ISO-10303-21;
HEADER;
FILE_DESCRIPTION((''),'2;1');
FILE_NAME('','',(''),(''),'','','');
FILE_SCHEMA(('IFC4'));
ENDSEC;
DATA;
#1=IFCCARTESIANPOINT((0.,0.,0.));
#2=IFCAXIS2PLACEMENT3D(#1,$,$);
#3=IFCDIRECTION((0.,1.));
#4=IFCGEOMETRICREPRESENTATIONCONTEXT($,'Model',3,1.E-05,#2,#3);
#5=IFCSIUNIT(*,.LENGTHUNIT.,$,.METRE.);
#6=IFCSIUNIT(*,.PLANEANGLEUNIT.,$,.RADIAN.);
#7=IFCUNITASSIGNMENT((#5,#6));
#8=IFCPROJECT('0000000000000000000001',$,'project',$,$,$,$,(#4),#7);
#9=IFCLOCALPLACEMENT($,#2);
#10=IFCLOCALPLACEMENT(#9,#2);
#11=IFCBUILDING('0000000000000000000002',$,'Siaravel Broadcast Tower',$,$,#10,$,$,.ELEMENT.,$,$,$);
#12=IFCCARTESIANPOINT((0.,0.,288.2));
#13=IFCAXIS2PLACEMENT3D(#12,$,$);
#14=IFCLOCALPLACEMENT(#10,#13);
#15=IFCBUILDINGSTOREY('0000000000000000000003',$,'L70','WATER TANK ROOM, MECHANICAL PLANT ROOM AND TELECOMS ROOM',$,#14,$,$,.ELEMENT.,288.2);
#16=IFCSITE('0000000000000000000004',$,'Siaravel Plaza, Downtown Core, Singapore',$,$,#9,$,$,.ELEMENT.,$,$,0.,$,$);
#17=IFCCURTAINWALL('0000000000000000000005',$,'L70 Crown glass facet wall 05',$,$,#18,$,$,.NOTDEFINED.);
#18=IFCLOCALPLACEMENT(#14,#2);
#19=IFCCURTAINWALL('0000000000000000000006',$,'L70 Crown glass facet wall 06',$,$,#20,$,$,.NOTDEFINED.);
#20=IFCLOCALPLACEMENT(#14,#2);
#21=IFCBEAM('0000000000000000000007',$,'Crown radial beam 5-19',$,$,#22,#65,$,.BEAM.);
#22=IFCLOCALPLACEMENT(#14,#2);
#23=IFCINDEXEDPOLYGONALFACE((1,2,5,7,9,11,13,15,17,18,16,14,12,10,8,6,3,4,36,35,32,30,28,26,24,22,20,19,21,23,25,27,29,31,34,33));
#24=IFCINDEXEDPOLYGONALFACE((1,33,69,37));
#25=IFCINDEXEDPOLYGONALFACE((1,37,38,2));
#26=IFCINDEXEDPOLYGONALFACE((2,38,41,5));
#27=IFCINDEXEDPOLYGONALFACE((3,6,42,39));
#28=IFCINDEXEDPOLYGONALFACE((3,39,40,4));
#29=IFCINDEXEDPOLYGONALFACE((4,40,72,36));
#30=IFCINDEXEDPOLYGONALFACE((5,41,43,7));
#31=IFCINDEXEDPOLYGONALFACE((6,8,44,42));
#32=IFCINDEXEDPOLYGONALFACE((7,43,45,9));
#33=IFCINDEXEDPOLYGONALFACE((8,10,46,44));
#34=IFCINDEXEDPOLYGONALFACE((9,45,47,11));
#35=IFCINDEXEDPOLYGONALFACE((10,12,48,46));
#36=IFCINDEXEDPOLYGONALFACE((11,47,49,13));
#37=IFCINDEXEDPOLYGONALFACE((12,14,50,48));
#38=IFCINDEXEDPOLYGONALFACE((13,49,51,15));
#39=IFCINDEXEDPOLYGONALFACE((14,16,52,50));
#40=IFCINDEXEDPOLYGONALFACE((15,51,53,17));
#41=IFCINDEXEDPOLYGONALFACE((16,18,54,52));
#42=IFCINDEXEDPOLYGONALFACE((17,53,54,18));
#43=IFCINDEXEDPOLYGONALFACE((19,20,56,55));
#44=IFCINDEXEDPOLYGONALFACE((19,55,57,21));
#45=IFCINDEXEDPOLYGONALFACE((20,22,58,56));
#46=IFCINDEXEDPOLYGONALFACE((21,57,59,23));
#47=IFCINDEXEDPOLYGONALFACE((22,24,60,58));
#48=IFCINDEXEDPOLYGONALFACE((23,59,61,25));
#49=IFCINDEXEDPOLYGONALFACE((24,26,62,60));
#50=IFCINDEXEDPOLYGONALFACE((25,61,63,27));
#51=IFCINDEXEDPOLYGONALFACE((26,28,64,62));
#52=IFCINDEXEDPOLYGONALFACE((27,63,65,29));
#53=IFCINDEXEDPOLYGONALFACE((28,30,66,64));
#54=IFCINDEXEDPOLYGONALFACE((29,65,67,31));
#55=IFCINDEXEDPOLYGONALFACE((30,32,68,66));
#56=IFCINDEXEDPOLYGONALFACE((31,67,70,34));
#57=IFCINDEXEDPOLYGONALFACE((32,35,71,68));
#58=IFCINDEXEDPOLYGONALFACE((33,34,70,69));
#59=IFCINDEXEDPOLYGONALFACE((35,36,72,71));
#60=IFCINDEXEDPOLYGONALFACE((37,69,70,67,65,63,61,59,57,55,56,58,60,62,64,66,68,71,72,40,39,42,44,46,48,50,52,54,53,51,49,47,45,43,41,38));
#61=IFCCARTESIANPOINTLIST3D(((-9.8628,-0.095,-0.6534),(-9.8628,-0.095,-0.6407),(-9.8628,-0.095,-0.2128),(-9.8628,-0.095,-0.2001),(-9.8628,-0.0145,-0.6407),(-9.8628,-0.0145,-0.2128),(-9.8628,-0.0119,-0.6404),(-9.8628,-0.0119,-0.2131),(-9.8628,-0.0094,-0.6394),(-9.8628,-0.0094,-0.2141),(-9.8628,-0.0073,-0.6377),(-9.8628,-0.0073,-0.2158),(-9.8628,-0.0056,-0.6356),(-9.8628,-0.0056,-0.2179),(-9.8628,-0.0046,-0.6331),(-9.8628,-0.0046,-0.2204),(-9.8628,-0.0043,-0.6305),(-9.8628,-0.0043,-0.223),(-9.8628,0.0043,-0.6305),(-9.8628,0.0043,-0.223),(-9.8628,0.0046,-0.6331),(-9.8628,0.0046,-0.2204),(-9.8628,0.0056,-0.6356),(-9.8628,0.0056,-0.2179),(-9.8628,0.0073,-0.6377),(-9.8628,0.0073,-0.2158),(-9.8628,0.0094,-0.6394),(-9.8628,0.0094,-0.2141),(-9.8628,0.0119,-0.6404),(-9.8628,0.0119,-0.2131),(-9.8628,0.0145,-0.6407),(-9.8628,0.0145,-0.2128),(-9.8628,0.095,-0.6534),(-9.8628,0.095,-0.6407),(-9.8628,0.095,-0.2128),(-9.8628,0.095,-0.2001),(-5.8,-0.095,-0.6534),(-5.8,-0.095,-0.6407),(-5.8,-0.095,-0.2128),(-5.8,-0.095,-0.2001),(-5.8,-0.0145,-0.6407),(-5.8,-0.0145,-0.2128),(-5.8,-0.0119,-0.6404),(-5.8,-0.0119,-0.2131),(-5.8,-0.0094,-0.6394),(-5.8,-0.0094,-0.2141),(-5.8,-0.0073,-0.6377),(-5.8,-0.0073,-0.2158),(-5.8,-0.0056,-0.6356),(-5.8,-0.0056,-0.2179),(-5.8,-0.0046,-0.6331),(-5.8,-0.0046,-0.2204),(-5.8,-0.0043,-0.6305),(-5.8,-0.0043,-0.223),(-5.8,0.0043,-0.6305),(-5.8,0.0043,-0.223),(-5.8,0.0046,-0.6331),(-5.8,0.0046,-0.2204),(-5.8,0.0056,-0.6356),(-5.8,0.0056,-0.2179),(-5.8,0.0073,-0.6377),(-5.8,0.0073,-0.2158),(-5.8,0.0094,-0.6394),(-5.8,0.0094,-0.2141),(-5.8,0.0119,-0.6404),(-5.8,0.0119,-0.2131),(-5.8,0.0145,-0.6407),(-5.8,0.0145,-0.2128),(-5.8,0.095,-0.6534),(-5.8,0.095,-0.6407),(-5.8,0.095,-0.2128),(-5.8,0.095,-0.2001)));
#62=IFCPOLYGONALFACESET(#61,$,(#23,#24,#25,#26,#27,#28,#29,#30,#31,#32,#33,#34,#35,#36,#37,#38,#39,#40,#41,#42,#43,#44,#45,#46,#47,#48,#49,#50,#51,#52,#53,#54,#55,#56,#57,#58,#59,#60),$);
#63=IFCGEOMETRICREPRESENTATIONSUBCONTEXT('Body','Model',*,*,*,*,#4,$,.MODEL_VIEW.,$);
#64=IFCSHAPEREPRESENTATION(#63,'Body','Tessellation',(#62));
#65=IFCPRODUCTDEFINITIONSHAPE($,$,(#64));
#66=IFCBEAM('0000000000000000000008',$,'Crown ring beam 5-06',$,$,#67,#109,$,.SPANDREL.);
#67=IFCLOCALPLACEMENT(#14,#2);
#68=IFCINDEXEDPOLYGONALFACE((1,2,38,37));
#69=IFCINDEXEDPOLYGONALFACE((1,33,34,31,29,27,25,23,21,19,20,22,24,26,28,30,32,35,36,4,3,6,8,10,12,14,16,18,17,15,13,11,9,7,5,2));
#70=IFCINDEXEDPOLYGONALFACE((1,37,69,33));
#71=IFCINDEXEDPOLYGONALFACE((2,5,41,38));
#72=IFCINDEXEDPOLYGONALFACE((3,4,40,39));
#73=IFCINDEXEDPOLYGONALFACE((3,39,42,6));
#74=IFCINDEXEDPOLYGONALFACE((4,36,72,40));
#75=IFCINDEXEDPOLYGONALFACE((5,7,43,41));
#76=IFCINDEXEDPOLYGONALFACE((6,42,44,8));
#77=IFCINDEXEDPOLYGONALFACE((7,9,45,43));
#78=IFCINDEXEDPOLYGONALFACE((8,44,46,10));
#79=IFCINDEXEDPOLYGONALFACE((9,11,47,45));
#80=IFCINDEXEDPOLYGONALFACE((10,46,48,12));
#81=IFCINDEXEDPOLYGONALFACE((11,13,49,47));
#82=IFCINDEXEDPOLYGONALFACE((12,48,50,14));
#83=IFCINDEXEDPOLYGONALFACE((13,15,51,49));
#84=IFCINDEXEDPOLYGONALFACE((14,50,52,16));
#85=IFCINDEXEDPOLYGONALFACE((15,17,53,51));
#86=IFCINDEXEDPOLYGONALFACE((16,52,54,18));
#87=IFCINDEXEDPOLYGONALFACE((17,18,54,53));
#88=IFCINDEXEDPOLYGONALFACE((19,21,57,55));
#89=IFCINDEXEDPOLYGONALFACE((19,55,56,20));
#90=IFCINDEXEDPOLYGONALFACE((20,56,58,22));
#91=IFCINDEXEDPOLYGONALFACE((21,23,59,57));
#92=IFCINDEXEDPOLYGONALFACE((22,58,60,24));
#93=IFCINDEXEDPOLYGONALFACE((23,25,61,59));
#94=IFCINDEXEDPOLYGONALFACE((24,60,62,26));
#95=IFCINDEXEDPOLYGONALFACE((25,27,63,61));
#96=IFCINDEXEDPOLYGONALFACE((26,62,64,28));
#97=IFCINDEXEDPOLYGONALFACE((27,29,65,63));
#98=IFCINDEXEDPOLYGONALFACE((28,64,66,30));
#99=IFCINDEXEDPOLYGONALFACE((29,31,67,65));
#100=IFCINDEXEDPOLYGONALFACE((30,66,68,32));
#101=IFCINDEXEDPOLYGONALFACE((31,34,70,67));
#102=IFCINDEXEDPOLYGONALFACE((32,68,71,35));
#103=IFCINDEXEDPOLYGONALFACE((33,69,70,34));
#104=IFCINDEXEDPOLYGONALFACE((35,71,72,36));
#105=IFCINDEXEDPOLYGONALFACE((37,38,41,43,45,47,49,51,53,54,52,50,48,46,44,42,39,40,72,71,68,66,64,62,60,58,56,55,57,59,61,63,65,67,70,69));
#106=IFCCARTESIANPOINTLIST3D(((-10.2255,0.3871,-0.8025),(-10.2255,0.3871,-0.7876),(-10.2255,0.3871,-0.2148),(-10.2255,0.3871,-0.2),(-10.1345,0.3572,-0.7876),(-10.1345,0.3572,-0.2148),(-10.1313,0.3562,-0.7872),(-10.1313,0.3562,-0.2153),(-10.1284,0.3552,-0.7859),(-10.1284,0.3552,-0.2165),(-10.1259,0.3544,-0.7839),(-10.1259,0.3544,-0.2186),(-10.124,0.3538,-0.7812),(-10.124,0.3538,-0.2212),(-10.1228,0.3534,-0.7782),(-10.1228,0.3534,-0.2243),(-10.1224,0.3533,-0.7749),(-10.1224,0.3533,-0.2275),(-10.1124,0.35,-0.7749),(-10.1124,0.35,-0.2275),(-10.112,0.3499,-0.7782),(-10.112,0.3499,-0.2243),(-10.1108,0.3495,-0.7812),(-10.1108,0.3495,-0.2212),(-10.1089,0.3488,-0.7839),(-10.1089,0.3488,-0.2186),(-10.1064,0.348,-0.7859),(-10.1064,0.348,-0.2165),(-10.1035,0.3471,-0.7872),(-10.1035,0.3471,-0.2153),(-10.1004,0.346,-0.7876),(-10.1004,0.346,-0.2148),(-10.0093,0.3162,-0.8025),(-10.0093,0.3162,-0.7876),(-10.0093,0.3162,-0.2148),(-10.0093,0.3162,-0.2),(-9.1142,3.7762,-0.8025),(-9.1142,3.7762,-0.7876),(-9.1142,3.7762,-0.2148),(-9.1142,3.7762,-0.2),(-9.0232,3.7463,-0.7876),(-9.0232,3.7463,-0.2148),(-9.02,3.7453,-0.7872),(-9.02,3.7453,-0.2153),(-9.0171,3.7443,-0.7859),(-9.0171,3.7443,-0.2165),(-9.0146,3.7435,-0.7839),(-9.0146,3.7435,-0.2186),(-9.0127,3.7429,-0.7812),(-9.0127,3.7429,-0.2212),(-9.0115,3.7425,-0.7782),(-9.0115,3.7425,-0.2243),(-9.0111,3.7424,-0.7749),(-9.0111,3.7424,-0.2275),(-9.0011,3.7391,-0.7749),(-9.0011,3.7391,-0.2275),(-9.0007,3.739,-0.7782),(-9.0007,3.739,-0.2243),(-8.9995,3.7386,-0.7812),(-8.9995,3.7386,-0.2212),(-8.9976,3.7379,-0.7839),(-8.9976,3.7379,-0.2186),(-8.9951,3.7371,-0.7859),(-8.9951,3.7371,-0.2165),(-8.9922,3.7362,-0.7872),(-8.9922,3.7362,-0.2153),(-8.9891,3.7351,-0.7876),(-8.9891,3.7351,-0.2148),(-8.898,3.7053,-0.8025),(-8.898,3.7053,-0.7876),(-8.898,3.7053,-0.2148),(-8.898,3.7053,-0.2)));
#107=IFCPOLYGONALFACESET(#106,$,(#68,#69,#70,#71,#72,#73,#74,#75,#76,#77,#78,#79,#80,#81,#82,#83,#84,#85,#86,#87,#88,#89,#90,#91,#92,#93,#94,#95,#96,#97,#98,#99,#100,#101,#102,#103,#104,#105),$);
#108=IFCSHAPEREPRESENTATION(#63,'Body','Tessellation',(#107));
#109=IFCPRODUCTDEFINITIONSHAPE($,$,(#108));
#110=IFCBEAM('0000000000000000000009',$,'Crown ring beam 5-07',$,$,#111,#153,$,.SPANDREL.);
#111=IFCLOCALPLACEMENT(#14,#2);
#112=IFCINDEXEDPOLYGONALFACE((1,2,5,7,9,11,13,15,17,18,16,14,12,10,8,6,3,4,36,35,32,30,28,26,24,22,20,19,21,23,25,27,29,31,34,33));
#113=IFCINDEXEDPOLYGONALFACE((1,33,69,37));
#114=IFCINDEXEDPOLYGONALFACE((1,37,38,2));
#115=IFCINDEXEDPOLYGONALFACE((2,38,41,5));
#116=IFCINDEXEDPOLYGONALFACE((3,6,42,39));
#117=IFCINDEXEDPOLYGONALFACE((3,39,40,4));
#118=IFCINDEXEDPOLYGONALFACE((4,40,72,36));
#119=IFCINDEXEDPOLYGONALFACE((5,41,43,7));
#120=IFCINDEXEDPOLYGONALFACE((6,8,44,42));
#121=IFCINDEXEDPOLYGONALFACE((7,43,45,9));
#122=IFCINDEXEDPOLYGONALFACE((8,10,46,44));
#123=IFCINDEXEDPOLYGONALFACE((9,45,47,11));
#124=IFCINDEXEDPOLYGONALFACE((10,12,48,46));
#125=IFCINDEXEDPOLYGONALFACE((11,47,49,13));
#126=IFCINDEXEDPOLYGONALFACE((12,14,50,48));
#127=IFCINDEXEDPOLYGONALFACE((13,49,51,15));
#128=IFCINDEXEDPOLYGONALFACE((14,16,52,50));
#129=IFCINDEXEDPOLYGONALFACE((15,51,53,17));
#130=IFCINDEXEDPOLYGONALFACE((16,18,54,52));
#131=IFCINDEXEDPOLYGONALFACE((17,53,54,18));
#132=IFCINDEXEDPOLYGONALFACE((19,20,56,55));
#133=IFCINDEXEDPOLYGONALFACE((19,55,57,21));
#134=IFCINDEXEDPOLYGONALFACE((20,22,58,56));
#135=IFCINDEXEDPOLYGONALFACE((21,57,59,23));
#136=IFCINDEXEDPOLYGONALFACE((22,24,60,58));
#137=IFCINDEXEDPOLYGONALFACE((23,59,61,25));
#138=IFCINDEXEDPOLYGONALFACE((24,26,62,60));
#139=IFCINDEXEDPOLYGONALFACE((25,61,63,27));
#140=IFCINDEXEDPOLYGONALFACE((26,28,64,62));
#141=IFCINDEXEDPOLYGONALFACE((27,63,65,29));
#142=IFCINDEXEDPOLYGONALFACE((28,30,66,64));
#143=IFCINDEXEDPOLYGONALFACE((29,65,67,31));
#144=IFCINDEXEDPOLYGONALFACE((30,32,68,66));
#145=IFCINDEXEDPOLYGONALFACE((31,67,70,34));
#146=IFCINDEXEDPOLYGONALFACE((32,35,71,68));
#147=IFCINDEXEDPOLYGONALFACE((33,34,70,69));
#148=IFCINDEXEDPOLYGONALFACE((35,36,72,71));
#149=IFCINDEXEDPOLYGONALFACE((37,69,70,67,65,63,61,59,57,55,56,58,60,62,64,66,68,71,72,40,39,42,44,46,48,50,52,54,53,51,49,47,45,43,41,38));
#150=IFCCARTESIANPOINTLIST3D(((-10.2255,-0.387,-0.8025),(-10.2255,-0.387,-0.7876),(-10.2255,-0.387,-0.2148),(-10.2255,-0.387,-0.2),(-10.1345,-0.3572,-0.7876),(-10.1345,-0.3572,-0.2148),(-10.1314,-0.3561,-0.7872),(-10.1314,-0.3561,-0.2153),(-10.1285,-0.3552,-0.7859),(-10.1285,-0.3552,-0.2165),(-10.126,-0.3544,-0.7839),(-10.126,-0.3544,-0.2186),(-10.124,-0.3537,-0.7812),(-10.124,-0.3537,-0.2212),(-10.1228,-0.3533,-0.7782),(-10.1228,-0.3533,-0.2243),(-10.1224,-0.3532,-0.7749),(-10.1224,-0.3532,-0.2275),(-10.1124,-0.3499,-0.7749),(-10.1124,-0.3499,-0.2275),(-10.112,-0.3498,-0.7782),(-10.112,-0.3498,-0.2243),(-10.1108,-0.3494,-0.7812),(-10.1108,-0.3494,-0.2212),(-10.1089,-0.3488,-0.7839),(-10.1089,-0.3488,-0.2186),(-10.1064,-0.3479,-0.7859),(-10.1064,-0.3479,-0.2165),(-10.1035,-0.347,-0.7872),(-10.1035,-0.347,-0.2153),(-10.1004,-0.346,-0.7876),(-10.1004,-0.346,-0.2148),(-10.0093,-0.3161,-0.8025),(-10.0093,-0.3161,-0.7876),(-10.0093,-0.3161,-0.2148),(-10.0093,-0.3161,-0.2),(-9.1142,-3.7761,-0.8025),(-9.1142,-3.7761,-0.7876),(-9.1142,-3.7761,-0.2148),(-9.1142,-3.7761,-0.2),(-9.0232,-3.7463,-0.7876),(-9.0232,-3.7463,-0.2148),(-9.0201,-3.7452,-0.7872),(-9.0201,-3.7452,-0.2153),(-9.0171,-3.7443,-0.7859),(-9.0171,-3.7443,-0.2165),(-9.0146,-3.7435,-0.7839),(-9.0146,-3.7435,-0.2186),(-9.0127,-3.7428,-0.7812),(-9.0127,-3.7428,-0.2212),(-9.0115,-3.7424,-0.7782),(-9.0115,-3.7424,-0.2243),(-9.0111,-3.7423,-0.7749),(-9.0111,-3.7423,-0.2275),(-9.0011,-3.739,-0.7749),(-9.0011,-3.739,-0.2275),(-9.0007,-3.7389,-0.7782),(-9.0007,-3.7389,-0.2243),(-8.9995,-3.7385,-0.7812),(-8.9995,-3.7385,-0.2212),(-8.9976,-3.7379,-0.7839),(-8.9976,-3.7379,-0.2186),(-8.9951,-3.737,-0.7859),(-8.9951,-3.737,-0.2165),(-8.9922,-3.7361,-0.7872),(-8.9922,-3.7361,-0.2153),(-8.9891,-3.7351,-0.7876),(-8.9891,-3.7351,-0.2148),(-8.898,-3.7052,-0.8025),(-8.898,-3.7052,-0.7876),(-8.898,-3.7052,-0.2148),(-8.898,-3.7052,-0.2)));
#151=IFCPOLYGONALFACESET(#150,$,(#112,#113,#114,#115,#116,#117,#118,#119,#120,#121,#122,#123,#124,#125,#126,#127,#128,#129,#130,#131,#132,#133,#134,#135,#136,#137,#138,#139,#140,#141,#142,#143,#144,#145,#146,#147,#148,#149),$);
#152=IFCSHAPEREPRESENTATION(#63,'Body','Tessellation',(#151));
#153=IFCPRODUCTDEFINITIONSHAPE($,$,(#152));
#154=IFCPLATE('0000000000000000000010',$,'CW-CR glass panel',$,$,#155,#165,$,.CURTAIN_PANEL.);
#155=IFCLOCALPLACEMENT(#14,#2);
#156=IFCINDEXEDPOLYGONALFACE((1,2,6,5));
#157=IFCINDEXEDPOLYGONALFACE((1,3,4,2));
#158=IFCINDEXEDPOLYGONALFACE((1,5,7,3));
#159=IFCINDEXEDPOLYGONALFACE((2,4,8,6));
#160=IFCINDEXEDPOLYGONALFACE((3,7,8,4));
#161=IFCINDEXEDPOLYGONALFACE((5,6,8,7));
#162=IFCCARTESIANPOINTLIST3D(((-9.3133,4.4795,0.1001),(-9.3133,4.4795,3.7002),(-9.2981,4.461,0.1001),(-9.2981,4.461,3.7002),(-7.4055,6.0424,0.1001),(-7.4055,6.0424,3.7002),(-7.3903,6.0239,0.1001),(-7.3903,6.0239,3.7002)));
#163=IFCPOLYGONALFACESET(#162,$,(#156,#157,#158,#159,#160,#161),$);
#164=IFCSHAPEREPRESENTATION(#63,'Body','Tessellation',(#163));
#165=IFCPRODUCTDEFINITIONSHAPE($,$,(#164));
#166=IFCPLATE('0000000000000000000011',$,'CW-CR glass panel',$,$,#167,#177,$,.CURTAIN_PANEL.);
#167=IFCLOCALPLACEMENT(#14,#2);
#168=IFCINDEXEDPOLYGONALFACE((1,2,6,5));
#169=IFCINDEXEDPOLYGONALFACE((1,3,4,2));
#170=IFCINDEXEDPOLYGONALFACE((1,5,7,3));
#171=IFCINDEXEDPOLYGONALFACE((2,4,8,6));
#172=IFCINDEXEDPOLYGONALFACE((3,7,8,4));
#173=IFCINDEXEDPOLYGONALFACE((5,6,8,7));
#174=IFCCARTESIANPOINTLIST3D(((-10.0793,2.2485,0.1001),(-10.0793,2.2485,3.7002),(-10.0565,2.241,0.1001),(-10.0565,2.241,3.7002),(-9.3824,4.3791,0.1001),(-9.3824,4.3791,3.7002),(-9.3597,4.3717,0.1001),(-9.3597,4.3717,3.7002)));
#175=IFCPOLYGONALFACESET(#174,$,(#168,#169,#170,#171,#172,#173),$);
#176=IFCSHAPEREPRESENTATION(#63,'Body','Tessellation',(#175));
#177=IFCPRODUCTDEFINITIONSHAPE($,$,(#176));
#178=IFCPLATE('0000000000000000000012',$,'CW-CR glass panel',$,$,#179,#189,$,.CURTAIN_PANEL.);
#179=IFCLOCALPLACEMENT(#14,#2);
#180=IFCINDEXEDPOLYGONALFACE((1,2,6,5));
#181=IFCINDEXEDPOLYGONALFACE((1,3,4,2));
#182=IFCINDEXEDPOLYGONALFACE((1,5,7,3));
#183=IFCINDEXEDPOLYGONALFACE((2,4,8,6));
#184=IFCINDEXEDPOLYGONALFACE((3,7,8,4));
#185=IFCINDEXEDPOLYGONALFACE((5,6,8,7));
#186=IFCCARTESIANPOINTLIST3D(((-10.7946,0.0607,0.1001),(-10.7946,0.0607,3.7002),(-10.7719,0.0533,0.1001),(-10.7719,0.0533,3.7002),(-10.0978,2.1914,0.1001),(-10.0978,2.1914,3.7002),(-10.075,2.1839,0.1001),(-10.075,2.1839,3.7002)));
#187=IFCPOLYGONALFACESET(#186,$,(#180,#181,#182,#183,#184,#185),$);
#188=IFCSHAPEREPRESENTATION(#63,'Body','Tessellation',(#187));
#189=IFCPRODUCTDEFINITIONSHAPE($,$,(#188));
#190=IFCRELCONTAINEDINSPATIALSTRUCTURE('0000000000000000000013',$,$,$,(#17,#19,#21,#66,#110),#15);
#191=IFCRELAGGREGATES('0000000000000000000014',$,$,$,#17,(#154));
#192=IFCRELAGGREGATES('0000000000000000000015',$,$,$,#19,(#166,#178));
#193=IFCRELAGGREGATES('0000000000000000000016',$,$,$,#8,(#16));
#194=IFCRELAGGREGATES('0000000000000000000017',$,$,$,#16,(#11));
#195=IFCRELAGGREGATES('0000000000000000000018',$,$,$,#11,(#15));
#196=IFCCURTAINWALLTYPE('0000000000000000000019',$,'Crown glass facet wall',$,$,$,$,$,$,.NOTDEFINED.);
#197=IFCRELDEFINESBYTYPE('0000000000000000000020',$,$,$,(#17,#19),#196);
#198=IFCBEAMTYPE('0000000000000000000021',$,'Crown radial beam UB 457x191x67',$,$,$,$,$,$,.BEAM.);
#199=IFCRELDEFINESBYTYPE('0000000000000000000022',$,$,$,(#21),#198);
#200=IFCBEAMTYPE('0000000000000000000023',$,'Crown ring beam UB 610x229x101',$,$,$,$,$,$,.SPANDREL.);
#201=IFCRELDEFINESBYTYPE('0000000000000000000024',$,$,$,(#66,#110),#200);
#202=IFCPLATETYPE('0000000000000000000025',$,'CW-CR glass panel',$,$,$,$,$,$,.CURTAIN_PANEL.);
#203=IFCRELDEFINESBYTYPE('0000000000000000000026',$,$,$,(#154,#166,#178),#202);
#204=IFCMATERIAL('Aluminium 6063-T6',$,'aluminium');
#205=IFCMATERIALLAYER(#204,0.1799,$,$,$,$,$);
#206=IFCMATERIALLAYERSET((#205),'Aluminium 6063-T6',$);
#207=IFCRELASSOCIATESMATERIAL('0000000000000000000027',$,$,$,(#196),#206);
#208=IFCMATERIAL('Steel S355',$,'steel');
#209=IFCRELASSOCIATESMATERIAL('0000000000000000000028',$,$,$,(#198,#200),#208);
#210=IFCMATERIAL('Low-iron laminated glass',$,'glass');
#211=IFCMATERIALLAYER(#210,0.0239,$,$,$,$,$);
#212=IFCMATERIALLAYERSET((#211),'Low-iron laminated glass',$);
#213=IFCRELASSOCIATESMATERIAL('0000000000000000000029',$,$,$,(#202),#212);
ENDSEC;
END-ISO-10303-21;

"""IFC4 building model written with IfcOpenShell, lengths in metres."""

from ifc_helpers import new_model, si_unit, direction, frame, origin, origin_2d, place, context, subcontext, project, spatial, rectangle, i_section, extrude, material, layer, layer_set, material_profile, profile_set, type_object, element, aggregate, save


model = new_model("IFC4")

# Units and contexts
model_context = context("Model", 3, precision=1e-05, world=origin(), true_north=direction((0.0, 1.0)))
body_context = subcontext(model_context, "Body", "Model", "MODEL_VIEW")
ifc_project = project(units=[si_unit("LENGTHUNIT", "METRE"), si_unit("PLANEANGLEUNIT", "RADIAN")], contexts=[model_context])

# Site, building, storey
site_placement = place(None, origin())
site = spatial("IfcSite", under=ifc_project, at=site_placement, Name="Siaravel Plaza, Downtown Core, Singapore", CompositionType="ELEMENT", RefElevation=0.0)
building_placement = place(site_placement, origin())
building = spatial("IfcBuilding", under=site, at=building_placement, Name="Siaravel Broadcast Tower", CompositionType="ELEMENT")
storey_placement = place(building_placement, frame((0.0, 0.0, 288.2)))
storey = spatial("IfcBuildingStorey", under=building, at=storey_placement, Name="L70", Description="WATER TANK ROOM, MECHANICAL PLANT ROOM AND TELECOMS ROOM", CompositionType="ELEMENT", Elevation=288.2)

# Curtain walls
ifc_material_1 = material(Name="Aluminium 6063-T6", Category="aluminium")
ifc_layer_1 = layer(ifc_material_1, 0.1799)
ifc_layer_set_1 = layer_set([ifc_layer_1], Name="Aluminium 6063-T6")
curtain_wall_type = type_object("IfcCurtainWallType", Name="Crown glass facet wall", PredefinedType="NOTDEFINED", material=ifc_layer_set_1)
curtain_wall_1_placement = place(storey_placement, origin())
curtain_wall_1 = element("IfcCurtainWall", 1, at=curtain_wall_1_placement, inside=storey, type_object=curtain_wall_type, Name="L70 Crown glass facet wall 05", PredefinedType="NOTDEFINED")
curtain_wall_2_placement = place(storey_placement, origin())
curtain_wall_2 = element("IfcCurtainWall", 2, at=curtain_wall_2_placement, inside=storey, type_object=curtain_wall_type, Name="L70 Crown glass facet wall 06", PredefinedType="NOTDEFINED")

# Beams
ifc_material_2 = material(Name="Steel S355", Category="steel")
ifc_material_profile_1 = material_profile(ifc_material_2, i_section(OverallWidth=0.1899, OverallDepth=0.4534, WebThickness=0.0085, FlangeThickness=0.0127, FilletRadius=0.0103, at=origin_2d()))
ifc_profile_set_1 = profile_set([ifc_material_profile_1], Name="Steel S355")
beam_type_1 = type_object("IfcBeamType", Name="Crown radial beam UB 457x191x67", PredefinedType="BEAM", material=ifc_profile_set_1)
beam_1_placement = place(storey_placement, frame((-9.8628, 0.0, -0.4268), z_axis=(1.0, 0.0, 0.0), x_axis=(0.0, 1.0, 0.0)))
element("IfcBeam", 3, at=beam_1_placement, inside=storey, type_object=beam_type_1, Name="Crown radial beam 5-19", PredefinedType="BEAM", context=body_context, shape_type="SweptSolid", body=[
    extrude(i_section(OverallWidth=0.1899, OverallDepth=0.4534, WebThickness=0.0085, FlangeThickness=0.0127, FilletRadius=0.0103, at=origin_2d()), origin(), (0.0, 0.0, 1.0), 4.0627),
])
ifc_material_profile_2 = material_profile(ifc_material_2, i_section(OverallWidth=0.2275, OverallDepth=0.6025, WebThickness=0.0105, FlangeThickness=0.0149, FilletRadius=0.0127, at=origin_2d()))
ifc_profile_set_2 = profile_set([ifc_material_profile_2], Name="Steel S355")
beam_type_2 = type_object("IfcBeamType", Name="Crown ring beam UB 610x229x101", PredefinedType="SPANDREL", material=ifc_profile_set_2)
for number, where, z_axis, x_axis, name in (
    (4, (-9.0061, 3.7407, -0.5012), (-0.311583, -0.950219, 0.0), (0.950219, -0.311583, 0.0), "Crown ring beam 5-06"),
    (5, (-10.1174, -0.3516, -0.5012), (0.311583, -0.950219, 0.0), (0.950219, 0.311583, 0.0), "Crown ring beam 5-07"),
):
    element("IfcBeam", number, at=place(storey_placement, frame(where, z_axis=z_axis, x_axis=x_axis)), inside=storey, type_object=beam_type_2, Name=name, PredefinedType="SPANDREL", context=body_context, shape_type="SweptSolid", body=[
        extrude(i_section(OverallWidth=0.2275, OverallDepth=0.6025, WebThickness=0.0105, FlangeThickness=0.0149, FilletRadius=0.0127, at=origin_2d()), origin(), (0.0, 0.0, 1.0), 3.5667),
    ])

# Plates
ifc_material_3 = material(Name="Low-iron laminated glass", Category="glass")
ifc_layer_2 = layer(ifc_material_3, 0.0239)
ifc_layer_set_2 = layer_set([ifc_layer_2], Name="Low-iron laminated glass")
plate_type = type_object("IfcPlateType", Name="CW-CR glass panel", PredefinedType="CURTAIN_PANEL", material=ifc_layer_set_2)
plate_1_placement = place(storey_placement, frame((-8.3518, 5.2517, 0.1001), z_axis=(0.0, 0.0, 1.0), x_axis=(-0.773564, -0.633718, 0.0)))
plate_1 = element("IfcPlate", 6, at=plate_1_placement, type_object=plate_type, Name="CW-CR glass panel", PredefinedType="CURTAIN_PANEL", context=body_context, shape_type="SweptSolid", body=[
    extrude(rectangle(XDim=2.4663, YDim=0.0239, at=origin_2d()), origin(), (0.0, 0.0, 1.0), 3.6001),
])
aggregate(curtain_wall_1, [plate_1])
plate_2_placement = place(storey_placement, frame((-9.7195, 3.3101, 0.1001), z_axis=(0.0, 0.0, 1.0), x_axis=(-0.310853, -0.950458, 0.0)))
plate_2 = element("IfcPlate", 7, at=plate_2_placement, type_object=plate_type, Name="CW-CR glass panel", PredefinedType="CURTAIN_PANEL", context=body_context, shape_type="SweptSolid", body=[
    extrude(rectangle(XDim=2.2417, YDim=0.0239, at=origin_2d()), origin(), (0.0, 0.0, 1.0), 3.6001),
])
plate_3_placement = place(storey_placement, frame((-10.4348, 1.1223, 0.1001), z_axis=(0.0, 0.0, 1.0), x_axis=(-0.310853, -0.950458, 0.0)))
plate_3 = element("IfcPlate", 8, at=plate_3_placement, type_object=plate_type, Name="CW-CR glass panel", PredefinedType="CURTAIN_PANEL", context=body_context, shape_type="SweptSolid", body=[
    extrude(rectangle(XDim=2.2417, YDim=0.0239, at=origin_2d()), origin(), (0.0, 0.0, 1.0), 3.6001),
])
aggregate(curtain_wall_2, [plate_2, plate_3])

save(model, "model.ifc")
